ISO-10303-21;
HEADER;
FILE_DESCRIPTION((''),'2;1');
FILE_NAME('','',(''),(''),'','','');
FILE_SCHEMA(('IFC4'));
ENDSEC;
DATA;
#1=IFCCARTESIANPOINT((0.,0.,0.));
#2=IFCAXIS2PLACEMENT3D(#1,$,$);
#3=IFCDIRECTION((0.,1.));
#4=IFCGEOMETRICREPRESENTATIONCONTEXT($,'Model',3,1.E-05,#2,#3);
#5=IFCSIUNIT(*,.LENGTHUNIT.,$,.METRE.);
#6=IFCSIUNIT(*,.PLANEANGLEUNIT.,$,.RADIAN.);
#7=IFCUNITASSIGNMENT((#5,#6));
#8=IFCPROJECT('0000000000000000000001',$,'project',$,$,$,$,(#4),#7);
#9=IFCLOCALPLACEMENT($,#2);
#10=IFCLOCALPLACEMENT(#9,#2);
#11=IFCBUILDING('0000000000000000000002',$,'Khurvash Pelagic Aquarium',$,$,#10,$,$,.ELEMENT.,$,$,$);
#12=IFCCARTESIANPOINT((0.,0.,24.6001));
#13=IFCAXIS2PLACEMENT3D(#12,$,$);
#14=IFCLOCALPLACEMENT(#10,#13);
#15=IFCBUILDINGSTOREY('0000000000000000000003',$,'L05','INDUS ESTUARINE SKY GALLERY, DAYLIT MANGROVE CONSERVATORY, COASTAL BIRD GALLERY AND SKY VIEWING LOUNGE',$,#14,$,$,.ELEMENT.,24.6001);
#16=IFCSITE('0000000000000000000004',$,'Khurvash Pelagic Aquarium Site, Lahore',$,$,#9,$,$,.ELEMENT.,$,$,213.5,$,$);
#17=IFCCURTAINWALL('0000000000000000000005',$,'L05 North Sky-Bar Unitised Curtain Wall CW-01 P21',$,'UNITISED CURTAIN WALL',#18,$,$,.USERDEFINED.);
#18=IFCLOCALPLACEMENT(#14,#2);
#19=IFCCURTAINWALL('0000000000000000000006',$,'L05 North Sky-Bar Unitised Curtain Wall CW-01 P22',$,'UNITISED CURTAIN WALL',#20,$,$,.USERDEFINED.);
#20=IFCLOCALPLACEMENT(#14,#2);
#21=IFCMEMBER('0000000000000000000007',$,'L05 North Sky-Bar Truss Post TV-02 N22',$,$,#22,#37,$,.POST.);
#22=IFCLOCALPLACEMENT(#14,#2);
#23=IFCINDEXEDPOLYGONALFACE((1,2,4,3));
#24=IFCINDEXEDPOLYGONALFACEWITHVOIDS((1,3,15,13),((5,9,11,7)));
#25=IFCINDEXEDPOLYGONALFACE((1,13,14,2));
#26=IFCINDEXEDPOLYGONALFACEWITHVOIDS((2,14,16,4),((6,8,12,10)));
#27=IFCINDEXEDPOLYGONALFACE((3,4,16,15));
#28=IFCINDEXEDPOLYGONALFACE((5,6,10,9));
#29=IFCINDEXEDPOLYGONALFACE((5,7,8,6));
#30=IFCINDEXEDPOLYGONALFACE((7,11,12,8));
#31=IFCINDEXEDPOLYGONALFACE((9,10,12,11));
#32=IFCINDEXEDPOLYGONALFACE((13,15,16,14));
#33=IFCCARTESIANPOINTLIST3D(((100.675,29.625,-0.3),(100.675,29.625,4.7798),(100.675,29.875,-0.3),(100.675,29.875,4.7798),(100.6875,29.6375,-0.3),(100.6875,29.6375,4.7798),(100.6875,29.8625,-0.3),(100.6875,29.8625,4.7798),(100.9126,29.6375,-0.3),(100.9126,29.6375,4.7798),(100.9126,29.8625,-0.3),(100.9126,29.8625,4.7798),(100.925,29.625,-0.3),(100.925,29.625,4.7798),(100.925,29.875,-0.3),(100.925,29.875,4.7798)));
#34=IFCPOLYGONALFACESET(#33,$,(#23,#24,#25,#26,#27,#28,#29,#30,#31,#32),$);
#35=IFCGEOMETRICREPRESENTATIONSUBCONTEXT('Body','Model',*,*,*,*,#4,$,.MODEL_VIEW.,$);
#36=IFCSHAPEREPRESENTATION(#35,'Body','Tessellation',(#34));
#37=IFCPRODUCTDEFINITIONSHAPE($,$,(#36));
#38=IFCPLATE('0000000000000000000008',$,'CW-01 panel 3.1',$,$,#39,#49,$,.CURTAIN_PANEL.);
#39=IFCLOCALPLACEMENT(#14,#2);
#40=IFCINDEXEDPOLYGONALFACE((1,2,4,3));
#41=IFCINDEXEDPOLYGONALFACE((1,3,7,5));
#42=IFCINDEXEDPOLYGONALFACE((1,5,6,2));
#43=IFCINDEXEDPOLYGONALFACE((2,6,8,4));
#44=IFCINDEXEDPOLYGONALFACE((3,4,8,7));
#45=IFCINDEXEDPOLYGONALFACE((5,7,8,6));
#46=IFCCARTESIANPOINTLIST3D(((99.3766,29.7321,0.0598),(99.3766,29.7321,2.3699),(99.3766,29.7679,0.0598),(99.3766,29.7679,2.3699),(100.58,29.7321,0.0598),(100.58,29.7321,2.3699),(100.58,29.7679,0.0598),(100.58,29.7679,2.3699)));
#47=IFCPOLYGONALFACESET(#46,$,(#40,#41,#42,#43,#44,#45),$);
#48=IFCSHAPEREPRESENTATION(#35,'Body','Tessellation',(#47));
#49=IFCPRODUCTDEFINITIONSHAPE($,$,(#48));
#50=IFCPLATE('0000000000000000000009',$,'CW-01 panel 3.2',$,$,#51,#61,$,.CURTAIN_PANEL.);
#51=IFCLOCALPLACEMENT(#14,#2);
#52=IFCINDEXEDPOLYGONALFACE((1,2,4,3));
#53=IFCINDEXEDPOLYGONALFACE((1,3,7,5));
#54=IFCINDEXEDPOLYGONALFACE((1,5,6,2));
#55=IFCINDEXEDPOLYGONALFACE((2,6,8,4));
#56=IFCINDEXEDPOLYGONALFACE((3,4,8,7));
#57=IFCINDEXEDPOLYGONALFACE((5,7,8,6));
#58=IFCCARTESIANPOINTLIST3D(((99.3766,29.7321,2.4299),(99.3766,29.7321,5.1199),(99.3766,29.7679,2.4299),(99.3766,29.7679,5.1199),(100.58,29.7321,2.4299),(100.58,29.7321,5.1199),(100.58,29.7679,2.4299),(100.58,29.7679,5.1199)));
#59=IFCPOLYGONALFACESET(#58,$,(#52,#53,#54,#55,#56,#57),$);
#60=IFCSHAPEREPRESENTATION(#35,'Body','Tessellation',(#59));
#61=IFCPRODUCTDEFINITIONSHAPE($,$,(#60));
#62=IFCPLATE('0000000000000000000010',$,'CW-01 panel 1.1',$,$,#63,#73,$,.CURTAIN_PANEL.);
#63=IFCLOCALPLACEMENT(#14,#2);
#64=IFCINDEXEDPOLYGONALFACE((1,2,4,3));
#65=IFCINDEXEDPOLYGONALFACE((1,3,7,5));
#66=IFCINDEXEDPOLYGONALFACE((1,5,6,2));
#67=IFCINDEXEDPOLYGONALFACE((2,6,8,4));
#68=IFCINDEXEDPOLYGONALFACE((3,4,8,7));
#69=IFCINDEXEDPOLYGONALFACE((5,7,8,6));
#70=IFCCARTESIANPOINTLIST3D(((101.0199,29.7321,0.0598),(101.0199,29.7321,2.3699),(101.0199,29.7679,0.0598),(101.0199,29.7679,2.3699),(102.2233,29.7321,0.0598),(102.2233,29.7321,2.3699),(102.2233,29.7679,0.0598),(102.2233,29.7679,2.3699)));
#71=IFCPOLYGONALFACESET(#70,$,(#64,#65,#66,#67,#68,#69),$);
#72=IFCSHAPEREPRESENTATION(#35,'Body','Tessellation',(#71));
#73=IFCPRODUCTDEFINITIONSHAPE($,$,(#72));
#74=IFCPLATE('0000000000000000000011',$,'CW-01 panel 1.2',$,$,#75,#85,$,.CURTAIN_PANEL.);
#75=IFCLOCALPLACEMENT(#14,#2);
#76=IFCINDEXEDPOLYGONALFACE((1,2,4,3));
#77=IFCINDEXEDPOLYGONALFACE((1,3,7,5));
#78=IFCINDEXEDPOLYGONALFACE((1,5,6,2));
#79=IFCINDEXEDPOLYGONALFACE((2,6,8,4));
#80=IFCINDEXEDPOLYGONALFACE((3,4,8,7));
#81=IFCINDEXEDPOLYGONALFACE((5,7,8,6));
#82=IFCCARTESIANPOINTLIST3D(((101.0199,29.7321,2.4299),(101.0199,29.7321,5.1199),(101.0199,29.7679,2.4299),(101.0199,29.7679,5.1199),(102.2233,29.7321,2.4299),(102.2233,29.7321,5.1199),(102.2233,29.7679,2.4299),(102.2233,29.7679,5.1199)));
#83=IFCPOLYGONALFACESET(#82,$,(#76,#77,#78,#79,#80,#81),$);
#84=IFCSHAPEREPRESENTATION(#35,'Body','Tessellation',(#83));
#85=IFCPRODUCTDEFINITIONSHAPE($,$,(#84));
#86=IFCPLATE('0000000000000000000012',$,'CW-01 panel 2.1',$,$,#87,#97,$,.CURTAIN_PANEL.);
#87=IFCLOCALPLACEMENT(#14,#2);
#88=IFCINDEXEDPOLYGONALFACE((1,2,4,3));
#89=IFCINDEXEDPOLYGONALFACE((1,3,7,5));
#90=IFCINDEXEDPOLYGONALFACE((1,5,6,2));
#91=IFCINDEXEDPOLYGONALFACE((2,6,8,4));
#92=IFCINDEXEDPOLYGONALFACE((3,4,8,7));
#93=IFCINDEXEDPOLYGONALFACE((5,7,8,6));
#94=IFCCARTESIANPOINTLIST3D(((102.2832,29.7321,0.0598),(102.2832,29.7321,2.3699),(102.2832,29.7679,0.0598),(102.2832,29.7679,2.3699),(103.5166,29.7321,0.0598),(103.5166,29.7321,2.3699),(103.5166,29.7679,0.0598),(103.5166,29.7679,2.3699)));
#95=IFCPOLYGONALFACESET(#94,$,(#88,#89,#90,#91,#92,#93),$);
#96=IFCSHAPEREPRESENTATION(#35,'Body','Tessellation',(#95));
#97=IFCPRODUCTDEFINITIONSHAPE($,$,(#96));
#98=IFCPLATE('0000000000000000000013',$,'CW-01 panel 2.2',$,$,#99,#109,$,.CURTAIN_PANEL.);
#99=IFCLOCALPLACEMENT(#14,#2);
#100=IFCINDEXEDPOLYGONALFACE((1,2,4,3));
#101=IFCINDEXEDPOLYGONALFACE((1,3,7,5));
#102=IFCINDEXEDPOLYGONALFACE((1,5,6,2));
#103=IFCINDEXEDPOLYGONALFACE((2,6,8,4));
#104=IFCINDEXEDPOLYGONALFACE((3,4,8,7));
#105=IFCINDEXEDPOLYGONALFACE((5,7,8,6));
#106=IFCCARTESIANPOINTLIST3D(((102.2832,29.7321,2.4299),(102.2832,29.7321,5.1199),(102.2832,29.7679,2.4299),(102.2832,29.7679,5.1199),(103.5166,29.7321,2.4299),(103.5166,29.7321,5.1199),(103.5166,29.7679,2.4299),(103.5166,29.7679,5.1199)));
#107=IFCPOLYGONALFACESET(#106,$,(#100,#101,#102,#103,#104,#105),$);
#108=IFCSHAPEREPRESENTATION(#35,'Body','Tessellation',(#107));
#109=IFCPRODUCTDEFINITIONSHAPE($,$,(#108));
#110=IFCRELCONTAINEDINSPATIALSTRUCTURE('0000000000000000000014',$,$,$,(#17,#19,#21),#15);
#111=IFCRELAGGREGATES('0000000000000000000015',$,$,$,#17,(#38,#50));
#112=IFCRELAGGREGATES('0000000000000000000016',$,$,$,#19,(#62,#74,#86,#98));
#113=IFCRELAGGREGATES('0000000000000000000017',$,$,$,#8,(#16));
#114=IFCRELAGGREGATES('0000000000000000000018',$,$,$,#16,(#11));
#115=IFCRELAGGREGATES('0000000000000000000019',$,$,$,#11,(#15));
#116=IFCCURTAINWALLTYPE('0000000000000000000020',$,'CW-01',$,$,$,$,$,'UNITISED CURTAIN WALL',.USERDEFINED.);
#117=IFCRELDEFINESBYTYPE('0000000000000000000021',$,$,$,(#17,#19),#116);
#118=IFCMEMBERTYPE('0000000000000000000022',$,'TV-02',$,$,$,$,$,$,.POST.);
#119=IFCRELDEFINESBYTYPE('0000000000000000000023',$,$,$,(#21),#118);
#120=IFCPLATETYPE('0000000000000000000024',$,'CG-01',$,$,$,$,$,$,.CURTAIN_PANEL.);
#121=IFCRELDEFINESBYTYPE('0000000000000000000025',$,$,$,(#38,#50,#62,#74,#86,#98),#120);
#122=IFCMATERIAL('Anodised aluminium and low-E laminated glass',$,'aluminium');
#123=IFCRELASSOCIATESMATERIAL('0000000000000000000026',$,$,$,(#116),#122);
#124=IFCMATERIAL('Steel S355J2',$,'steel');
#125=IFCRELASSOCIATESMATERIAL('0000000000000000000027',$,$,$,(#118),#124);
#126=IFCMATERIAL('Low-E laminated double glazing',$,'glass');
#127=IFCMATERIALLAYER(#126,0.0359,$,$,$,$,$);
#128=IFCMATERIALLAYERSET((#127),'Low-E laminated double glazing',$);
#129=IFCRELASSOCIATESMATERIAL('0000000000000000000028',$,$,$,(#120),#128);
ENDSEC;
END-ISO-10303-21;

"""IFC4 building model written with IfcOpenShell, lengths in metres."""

from ifc_helpers import new_model, si_unit, direction, frame, origin, origin_2d, place, context, subcontext, project, spatial, rectangle, hollow_rectangle, extrude, material, layer, layer_set, material_profile, profile_set, type_object, element, aggregate, save


model = new_model("IFC4")

# Units and contexts
model_context = context("Model", 3, precision=1e-05, world=origin(), true_north=direction((0.0, 1.0)))
body_context = subcontext(model_context, "Body", "Model", "MODEL_VIEW")
ifc_project = project(units=[si_unit("LENGTHUNIT", "METRE"), si_unit("PLANEANGLEUNIT", "RADIAN")], contexts=[model_context])

# Site, building, storey
site_placement = place(None, origin())
site = spatial("IfcSite", under=ifc_project, at=site_placement, Name="Khurvash Pelagic Aquarium Site, Lahore", CompositionType="ELEMENT", RefElevation=213.5)
building_placement = place(site_placement, origin())
building = spatial("IfcBuilding", under=site, at=building_placement, Name="Khurvash Pelagic Aquarium", CompositionType="ELEMENT")
storey_placement = place(building_placement, frame((0.0, 0.0, 24.6001)))
storey = spatial("IfcBuildingStorey", under=building, at=storey_placement, Name="L05", Description="INDUS ESTUARINE SKY GALLERY, DAYLIT MANGROVE CONSERVATORY, COASTAL BIRD GALLERY AND SKY VIEWING LOUNGE", CompositionType="ELEMENT", Elevation=24.6001)

# Curtain walls
ifc_material_1 = material(Name="Anodised aluminium and low-E laminated glass", Category="aluminium")
curtain_wall_type = type_object("IfcCurtainWallType", Name="CW-01", ElementType="UNITISED CURTAIN WALL", PredefinedType="USERDEFINED", material=ifc_material_1)
curtain_wall_1_placement = place(storey_placement, origin())
curtain_wall_1 = element("IfcCurtainWall", 1, at=curtain_wall_1_placement, inside=storey, type_object=curtain_wall_type, Name="L05 North Sky-Bar Unitised Curtain Wall CW-01 P21", ObjectType="UNITISED CURTAIN WALL", PredefinedType="USERDEFINED")
curtain_wall_2_placement = place(storey_placement, origin())
curtain_wall_2 = element("IfcCurtainWall", 2, at=curtain_wall_2_placement, inside=storey, type_object=curtain_wall_type, Name="L05 North Sky-Bar Unitised Curtain Wall CW-01 P22", ObjectType="UNITISED CURTAIN WALL", PredefinedType="USERDEFINED")

# Member
ifc_material_2 = material(Name="Steel S355J2", Category="steel")
ifc_material_profile_1 = material_profile(ifc_material_2, hollow_rectangle(XDim=0.25, YDim=0.25, WallThickness=0.0125, at=origin_2d()), Name="SHS250X250X12")
ifc_profile_set_1 = profile_set([ifc_material_profile_1], Name="Steel S355J2")
member_type_1 = type_object("IfcMemberType", Name="TV-02", PredefinedType="POST", material=ifc_profile_set_1)
member_1_placement = place(storey_placement, frame((100.8, 29.75, -0.3), z_axis=(0.0, 0.0, 1.0), x_axis=(1.0, 0.0, 0.0)))
element("IfcMember", 3, at=member_1_placement, inside=storey, type_object=member_type_1, Name="L05 North Sky-Bar Truss Post TV-02 N22", PredefinedType="POST", context=body_context, shape_type="SweptSolid", body=[
    extrude(hollow_rectangle(XDim=0.25, YDim=0.25, WallThickness=0.0125, at=origin_2d()), origin(), (0.0, 0.0, 1.0), 5.0798),
])

# Plates
ifc_material_3 = material(Name="Low-E laminated double glazing", Category="glass")
ifc_layer = layer(ifc_material_3, 0.0359)
ifc_layer_set = layer_set([ifc_layer], Name="Low-E laminated double glazing")
plate_type = type_object("IfcPlateType", Name="CG-01", PredefinedType="CURTAIN_PANEL", material=ifc_layer_set)
plate_1_placement = place(storey_placement, frame((99.9783, 29.75, 0.0598), z_axis=(0.0, 0.0, 1.0), x_axis=(1.0, 0.0, 0.0)))
plate_1 = element("IfcPlate", 4, at=plate_1_placement, type_object=plate_type, Name="CW-01 panel 3.1", PredefinedType="CURTAIN_PANEL", context=body_context, shape_type="SweptSolid", body=[
    extrude(rectangle(XDim=1.2034, YDim=0.0359, at=origin_2d()), origin(), (0.0, 0.0, 1.0), 2.3101),
])
plate_2_placement = place(storey_placement, frame((99.9783, 29.75, 2.4299), z_axis=(0.0, 0.0, 1.0), x_axis=(1.0, 0.0, 0.0)))
plate_2 = element("IfcPlate", 5, at=plate_2_placement, type_object=plate_type, Name="CW-01 panel 3.2", PredefinedType="CURTAIN_PANEL", context=body_context, shape_type="SweptSolid", body=[
    extrude(rectangle(XDim=1.2034, YDim=0.0359, at=origin_2d()), origin(), (0.0, 0.0, 1.0), 2.6899),
])
aggregate(curtain_wall_1, [plate_1, plate_2])
plate_3_placement = place(storey_placement, frame((101.6216, 29.75, 0.0598), z_axis=(0.0, 0.0, 1.0), x_axis=(1.0, 0.0, 0.0)))
plate_3 = element("IfcPlate", 6, at=plate_3_placement, type_object=plate_type, Name="CW-01 panel 1.1", PredefinedType="CURTAIN_PANEL", context=body_context, shape_type="SweptSolid", body=[
    extrude(rectangle(XDim=1.2034, YDim=0.0359, at=origin_2d()), origin(), (0.0, 0.0, 1.0), 2.3101),
])
plate_4_placement = place(storey_placement, frame((101.6216, 29.75, 2.4299), z_axis=(0.0, 0.0, 1.0), x_axis=(1.0, 0.0, 0.0)))
plate_4 = element("IfcPlate", 7, at=plate_4_placement, type_object=plate_type, Name="CW-01 panel 1.2", PredefinedType="CURTAIN_PANEL", context=body_context, shape_type="SweptSolid", body=[
    extrude(rectangle(XDim=1.2034, YDim=0.0359, at=origin_2d()), origin(), (0.0, 0.0, 1.0), 2.6899),
])
plate_5_placement = place(storey_placement, frame((102.8999, 29.75, 0.0598), z_axis=(0.0, 0.0, 1.0), x_axis=(1.0, 0.0, 0.0)))
plate_5 = element("IfcPlate", 8, at=plate_5_placement, type_object=plate_type, Name="CW-01 panel 2.1", PredefinedType="CURTAIN_PANEL", context=body_context, shape_type="SweptSolid", body=[
    extrude(rectangle(XDim=1.2334, YDim=0.0359, at=origin_2d()), origin(), (0.0, 0.0, 1.0), 2.3101),
])
plate_6_placement = place(storey_placement, frame((102.8999, 29.75, 2.4299), z_axis=(0.0, 0.0, 1.0), x_axis=(1.0, 0.0, 0.0)))
plate_6 = element("IfcPlate", 9, at=plate_6_placement, type_object=plate_type, Name="CW-01 panel 2.2", PredefinedType="CURTAIN_PANEL", context=body_context, shape_type="SweptSolid", body=[
    extrude(rectangle(XDim=1.2334, YDim=0.0359, at=origin_2d()), origin(), (0.0, 0.0, 1.0), 2.6899),
])
aggregate(curtain_wall_2, [plate_3, plate_4, plate_5, plate_6])

save(model, "model.ifc")
